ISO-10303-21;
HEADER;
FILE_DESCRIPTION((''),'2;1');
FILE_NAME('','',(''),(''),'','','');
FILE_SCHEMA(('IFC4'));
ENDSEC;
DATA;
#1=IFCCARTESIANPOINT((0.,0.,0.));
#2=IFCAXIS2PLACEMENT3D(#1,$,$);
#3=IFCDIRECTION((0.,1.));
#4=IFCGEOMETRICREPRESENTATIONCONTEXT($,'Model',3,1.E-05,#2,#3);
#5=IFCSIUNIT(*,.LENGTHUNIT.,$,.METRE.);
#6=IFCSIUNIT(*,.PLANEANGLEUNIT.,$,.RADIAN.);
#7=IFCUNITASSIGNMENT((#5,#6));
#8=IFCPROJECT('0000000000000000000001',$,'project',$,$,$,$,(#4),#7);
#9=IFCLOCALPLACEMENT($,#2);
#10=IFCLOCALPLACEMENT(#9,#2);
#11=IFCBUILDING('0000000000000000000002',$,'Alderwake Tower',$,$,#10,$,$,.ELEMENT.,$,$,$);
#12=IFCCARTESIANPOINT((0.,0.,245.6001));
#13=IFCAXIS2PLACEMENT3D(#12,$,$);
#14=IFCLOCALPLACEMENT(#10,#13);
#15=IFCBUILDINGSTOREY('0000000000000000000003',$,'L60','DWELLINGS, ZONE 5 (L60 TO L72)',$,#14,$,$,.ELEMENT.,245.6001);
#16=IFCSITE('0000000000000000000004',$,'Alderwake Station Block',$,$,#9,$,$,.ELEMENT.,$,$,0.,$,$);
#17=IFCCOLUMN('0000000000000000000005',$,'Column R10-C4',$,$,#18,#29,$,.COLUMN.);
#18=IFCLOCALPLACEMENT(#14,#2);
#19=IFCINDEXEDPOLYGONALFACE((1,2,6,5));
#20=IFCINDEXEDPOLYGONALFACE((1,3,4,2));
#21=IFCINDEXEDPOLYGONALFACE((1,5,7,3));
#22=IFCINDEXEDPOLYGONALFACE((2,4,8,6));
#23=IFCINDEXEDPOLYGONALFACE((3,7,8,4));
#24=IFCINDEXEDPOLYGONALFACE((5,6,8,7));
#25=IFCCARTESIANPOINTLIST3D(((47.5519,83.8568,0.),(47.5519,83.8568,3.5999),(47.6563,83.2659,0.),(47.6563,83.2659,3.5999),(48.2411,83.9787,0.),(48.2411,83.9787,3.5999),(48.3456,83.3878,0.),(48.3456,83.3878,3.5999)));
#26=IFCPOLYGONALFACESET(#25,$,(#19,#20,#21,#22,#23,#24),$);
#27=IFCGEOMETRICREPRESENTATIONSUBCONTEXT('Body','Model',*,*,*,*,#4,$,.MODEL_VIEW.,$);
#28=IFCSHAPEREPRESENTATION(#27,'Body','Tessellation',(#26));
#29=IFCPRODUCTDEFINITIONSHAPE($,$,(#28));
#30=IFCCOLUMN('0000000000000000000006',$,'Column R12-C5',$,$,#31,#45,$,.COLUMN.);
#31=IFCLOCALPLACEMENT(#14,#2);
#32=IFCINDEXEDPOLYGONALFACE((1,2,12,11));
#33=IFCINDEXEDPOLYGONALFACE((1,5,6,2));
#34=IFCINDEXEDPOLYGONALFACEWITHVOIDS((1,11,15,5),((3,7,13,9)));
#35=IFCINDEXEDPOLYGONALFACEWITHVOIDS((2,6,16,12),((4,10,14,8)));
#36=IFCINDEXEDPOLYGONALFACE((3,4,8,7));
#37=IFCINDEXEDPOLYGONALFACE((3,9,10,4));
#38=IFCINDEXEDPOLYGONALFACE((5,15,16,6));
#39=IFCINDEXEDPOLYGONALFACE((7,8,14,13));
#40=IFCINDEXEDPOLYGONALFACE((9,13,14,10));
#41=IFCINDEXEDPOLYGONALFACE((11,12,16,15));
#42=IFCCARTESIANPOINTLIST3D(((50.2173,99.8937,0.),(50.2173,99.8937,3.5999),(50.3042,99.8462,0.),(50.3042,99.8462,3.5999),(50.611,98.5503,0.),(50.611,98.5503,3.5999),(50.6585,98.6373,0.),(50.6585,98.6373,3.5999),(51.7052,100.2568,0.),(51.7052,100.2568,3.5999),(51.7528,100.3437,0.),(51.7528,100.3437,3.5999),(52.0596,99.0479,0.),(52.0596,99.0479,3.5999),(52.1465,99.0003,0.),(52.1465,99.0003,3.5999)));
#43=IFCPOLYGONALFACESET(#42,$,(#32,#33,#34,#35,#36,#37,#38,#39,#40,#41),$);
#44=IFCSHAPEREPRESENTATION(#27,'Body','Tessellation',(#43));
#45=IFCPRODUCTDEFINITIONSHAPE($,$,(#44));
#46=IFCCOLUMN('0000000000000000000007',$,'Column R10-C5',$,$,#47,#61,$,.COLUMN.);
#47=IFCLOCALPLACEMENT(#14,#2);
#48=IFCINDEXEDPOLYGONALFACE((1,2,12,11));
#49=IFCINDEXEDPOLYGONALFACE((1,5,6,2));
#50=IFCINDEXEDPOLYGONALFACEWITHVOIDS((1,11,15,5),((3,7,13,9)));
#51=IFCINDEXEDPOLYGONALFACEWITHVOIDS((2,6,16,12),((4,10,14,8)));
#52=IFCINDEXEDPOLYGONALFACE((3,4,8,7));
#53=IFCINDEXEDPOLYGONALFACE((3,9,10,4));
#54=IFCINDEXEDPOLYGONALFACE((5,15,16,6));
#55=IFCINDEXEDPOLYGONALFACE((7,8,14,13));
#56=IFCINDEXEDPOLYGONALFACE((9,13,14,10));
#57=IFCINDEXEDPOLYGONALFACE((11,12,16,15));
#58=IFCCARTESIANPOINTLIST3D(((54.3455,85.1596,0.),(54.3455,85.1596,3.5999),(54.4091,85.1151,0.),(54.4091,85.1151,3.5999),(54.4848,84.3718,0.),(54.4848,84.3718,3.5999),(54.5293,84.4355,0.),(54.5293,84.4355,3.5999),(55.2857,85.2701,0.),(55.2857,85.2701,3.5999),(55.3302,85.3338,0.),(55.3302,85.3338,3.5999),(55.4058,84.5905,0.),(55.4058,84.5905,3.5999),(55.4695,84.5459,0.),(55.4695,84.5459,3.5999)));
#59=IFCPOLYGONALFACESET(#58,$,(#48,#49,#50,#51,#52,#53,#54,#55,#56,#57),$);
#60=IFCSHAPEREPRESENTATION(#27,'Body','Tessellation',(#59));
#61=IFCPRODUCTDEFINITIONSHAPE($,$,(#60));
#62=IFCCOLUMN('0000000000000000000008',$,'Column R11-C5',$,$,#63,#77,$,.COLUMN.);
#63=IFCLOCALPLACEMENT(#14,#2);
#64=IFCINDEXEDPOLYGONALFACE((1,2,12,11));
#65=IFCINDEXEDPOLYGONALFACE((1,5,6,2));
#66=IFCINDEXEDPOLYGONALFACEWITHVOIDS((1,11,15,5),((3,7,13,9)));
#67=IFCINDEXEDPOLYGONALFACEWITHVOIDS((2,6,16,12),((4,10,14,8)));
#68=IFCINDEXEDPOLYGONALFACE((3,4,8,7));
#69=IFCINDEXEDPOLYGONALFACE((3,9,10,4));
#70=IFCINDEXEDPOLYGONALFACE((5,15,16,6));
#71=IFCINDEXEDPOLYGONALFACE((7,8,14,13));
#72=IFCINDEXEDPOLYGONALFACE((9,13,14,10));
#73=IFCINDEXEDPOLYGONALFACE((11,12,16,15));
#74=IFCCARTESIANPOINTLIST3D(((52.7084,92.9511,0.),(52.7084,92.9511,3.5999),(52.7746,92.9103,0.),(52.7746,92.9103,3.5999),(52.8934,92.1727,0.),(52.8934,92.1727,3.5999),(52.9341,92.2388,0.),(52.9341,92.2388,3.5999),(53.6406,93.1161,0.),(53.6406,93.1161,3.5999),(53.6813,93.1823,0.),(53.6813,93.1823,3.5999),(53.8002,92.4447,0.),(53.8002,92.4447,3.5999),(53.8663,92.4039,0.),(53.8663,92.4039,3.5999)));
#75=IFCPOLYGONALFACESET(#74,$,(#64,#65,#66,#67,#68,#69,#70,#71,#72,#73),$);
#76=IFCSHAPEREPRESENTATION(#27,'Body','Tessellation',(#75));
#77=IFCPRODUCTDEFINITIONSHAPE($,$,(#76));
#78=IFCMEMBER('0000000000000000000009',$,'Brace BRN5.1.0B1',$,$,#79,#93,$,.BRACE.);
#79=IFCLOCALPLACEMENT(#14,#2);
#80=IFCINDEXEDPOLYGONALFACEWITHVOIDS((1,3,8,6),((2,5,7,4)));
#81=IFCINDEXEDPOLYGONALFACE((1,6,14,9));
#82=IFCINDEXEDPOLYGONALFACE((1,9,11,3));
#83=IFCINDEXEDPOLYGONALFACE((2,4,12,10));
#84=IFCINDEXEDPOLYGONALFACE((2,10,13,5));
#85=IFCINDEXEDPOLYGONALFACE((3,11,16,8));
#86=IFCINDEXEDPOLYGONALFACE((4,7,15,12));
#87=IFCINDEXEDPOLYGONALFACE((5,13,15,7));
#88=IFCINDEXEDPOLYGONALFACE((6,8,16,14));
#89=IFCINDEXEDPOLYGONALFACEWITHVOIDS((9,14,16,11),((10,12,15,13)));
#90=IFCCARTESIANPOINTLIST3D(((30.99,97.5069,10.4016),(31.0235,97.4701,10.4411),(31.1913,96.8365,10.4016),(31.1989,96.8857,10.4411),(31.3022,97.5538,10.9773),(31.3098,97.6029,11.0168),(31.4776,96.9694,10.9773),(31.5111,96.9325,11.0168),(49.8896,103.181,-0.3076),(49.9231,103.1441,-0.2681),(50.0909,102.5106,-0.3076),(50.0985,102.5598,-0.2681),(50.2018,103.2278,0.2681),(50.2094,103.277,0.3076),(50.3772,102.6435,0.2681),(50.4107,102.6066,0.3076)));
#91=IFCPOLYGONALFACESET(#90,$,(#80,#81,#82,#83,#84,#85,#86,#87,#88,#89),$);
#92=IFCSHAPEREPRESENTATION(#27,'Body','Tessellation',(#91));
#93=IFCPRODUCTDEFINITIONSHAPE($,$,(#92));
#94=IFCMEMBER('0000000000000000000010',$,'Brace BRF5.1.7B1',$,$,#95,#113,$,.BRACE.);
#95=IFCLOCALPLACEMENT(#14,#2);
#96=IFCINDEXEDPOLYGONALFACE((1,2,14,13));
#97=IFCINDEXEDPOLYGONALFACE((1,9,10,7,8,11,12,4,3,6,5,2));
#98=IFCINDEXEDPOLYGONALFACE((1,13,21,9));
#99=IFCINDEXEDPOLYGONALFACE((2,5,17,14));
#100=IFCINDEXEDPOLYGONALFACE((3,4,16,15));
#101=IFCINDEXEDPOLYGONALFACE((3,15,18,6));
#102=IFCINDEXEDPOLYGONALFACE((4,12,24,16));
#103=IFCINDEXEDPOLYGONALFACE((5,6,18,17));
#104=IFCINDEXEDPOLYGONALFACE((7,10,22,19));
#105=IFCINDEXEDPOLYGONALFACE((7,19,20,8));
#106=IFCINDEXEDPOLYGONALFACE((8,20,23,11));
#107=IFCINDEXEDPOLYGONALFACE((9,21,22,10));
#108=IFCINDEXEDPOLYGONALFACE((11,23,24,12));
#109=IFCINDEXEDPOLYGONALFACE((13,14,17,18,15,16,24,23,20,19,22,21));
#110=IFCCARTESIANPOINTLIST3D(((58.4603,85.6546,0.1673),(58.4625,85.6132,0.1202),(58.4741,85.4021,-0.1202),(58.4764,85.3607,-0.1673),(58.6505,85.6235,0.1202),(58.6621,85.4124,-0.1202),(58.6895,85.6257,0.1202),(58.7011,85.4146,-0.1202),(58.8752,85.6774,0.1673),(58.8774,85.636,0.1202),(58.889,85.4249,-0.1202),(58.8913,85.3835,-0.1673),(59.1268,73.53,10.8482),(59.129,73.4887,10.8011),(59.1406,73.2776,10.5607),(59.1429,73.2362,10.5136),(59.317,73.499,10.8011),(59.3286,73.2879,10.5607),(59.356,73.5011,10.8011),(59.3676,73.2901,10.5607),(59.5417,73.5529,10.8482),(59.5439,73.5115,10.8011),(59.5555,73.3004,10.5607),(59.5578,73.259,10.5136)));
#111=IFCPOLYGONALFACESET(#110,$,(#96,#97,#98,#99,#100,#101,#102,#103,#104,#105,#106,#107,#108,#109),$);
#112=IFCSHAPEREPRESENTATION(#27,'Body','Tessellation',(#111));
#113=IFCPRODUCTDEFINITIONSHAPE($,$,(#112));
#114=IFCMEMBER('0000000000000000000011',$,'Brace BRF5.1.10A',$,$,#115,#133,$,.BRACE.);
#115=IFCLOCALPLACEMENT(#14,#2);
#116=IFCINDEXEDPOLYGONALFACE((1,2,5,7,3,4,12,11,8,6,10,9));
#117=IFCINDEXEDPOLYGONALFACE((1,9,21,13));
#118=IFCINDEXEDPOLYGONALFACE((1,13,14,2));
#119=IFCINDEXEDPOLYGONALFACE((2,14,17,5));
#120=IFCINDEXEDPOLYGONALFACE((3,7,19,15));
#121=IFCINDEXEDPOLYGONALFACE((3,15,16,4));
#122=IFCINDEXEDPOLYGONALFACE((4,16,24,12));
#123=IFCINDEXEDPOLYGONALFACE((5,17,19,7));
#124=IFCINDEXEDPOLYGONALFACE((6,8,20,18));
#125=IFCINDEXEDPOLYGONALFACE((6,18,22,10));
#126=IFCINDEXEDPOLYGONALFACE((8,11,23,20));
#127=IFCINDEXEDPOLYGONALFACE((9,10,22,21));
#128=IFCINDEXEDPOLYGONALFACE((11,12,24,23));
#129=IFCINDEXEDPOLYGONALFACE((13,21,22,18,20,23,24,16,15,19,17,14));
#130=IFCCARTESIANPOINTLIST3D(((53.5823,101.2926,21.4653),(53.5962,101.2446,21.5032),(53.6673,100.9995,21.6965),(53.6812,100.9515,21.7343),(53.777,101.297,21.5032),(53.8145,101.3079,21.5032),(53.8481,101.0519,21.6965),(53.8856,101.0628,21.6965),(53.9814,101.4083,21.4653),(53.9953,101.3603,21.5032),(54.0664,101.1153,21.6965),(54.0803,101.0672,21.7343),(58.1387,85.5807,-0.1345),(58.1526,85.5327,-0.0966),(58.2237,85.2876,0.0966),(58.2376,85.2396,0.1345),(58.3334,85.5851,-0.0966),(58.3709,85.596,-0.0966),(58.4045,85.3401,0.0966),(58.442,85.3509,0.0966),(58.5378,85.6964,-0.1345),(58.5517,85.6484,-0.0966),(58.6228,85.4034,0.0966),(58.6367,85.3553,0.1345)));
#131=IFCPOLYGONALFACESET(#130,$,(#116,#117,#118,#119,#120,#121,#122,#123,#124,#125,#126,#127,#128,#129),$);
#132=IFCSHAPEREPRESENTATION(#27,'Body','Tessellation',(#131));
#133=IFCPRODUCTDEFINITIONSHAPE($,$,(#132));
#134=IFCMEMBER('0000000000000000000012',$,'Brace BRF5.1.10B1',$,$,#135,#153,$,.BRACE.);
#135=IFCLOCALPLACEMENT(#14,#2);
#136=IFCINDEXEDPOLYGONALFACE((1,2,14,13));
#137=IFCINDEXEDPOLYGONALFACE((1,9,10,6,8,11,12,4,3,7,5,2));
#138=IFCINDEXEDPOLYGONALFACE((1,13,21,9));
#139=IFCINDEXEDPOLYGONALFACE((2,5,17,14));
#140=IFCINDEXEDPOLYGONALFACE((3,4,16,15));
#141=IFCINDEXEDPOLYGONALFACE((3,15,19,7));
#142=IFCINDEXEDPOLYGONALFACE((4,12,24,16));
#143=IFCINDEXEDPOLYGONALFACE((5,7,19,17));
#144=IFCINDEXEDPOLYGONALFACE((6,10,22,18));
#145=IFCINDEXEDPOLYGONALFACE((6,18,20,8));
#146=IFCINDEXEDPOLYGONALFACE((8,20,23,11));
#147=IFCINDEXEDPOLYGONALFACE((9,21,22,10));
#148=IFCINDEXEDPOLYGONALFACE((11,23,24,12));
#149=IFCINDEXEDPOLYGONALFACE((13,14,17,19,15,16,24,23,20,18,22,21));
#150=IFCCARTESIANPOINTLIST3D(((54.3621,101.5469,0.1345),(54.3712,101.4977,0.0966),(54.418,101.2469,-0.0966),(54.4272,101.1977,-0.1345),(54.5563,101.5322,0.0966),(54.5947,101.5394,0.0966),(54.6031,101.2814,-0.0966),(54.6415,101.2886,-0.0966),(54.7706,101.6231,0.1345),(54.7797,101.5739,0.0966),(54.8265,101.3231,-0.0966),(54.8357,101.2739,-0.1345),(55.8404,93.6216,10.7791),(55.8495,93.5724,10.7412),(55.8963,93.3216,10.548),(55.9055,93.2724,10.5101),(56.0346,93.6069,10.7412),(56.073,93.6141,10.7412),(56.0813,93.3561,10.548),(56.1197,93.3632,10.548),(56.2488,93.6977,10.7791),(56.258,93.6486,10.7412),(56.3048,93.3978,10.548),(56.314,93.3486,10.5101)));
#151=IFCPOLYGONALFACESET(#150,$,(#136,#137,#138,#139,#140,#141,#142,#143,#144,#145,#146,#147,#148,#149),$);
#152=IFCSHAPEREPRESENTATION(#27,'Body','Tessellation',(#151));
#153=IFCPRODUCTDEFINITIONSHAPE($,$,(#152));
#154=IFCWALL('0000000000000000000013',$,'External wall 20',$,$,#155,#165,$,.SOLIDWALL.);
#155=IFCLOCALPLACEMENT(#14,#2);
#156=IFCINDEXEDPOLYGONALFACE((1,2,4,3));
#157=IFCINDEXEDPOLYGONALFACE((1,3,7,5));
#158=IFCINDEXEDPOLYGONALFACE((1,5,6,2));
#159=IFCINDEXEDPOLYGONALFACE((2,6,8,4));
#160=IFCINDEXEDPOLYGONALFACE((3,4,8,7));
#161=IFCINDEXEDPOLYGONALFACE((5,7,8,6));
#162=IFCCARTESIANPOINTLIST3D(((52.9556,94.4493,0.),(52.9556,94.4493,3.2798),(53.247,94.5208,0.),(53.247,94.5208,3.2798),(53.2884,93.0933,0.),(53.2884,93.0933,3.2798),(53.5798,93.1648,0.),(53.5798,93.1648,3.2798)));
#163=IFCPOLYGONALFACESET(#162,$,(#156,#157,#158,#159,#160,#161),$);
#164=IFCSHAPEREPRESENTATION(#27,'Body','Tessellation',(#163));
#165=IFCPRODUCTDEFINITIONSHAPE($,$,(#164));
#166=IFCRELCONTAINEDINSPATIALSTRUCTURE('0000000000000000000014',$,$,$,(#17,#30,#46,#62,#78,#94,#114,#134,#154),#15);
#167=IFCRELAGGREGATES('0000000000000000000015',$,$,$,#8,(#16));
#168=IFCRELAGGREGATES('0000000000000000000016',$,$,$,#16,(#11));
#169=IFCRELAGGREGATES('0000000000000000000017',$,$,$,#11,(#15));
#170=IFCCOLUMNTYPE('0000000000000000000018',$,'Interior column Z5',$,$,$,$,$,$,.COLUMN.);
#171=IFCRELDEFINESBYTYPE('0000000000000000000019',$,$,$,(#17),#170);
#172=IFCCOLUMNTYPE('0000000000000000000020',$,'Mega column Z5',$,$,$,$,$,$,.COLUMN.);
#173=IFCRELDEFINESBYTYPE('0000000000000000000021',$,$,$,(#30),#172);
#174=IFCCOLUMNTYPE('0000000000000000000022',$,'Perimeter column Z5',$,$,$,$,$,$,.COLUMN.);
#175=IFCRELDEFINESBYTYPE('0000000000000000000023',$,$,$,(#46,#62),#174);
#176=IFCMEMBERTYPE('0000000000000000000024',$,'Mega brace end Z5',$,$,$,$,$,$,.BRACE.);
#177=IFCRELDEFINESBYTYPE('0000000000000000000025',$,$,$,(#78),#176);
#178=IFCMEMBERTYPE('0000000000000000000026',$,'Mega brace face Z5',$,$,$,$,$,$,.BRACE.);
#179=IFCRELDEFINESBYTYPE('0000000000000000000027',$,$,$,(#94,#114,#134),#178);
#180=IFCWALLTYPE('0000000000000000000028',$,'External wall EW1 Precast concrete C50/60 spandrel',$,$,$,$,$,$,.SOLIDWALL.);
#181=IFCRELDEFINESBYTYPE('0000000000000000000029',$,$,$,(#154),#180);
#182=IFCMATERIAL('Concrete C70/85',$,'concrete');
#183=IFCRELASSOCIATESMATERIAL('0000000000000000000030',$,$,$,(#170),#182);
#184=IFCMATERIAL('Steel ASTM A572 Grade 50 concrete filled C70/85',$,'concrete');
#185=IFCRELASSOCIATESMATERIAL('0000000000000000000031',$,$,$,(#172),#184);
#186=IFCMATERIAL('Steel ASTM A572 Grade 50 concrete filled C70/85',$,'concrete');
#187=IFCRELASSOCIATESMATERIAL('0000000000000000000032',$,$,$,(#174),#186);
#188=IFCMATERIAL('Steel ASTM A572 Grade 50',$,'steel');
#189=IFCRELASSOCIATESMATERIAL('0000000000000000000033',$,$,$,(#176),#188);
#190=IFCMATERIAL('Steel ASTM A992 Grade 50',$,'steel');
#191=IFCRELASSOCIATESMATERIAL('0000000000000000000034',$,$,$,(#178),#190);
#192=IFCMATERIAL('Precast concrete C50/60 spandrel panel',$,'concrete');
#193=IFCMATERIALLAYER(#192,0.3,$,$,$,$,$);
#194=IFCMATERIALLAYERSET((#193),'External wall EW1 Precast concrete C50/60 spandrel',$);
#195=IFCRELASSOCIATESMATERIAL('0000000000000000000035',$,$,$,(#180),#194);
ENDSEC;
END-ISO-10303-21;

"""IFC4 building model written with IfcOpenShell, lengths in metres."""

from ifc_helpers import new_model, si_unit, direction, frame, frame_2d, origin, origin_2d, place, context, subcontext, project, spatial, rectangle, hollow_rectangle, i_section, extrude, material, layer, layer_set, material_profile, profile_set, type_object, element, save


model = new_model("IFC4")

# Units and contexts
model_context = context("Model", 3, precision=1e-05, world=origin(), true_north=direction((0.0, 1.0)))
body_context = subcontext(model_context, "Body", "Model", "MODEL_VIEW")
ifc_project = project(units=[si_unit("LENGTHUNIT", "METRE"), si_unit("PLANEANGLEUNIT", "RADIAN")], contexts=[model_context])

# Site, building, storey
site_placement = place(None, origin())
site = spatial("IfcSite", under=ifc_project, at=site_placement, Name="Alderwake Station Block", CompositionType="ELEMENT", RefElevation=0.0)
building_placement = place(site_placement, origin())
building = spatial("IfcBuilding", under=site, at=building_placement, Name="Alderwake Tower", CompositionType="ELEMENT")
storey_placement = place(building_placement, frame((0.0, 0.0, 245.6001)))
storey = spatial("IfcBuildingStorey", under=building, at=storey_placement, Name="L60", Description="DWELLINGS, ZONE 5 (L60 TO L72)", CompositionType="ELEMENT", Elevation=245.6001)

# Columns
ifc_material_1 = material(Name="Concrete C70/85", Category="concrete")
ifc_material_profile_1 = material_profile(ifc_material_1, rectangle(XDim=0.6001, YDim=0.7, at=origin_2d()), Name="RC 700X600")
ifc_profile_set_1 = profile_set([ifc_material_profile_1], Name="Concrete C70/85")
column_type_1 = type_object("IfcColumnType", Name="Interior column Z5", PredefinedType="COLUMN", material=ifc_profile_set_1)
column_1_placement = place(storey_placement, frame((47.9487, 83.6223, 0.0), z_axis=(0.0, 0.0, 1.0), x_axis=(-0.174107, 0.984727, 0.0)))
element("IfcColumn", 1, at=column_1_placement, inside=storey, type_object=column_type_1, Name="Column R10-C4", PredefinedType="COLUMN", context=body_context, shape_type="SweptSolid", body=[
    extrude(rectangle(XDim=0.6001, YDim=0.7, at=origin_2d()), origin(), (0.0, 0.0, 1.0), 3.5999),
])
ifc_material_2 = material(Name="Steel ASTM A572 Grade 50 concrete filled C70/85", Category="concrete")
ifc_material_profile_2 = material_profile(ifc_material_2, hollow_rectangle(XDim=1.3999, YDim=1.6001, WallThickness=0.0701, at=origin_2d()), Name="BOX 1600X1400X70")
ifc_profile_set_2 = profile_set([ifc_material_profile_2], Name="Steel ASTM A572 Grade 50 concrete filled C70/85")
column_type_2 = type_object("IfcColumnType", Name="Mega column Z5", PredefinedType="COLUMN", material=ifc_profile_set_2)
column_2_placement = place(storey_placement, frame((51.1819, 99.447, 0.0), z_axis=(0.0, 0.0, 1.0), x_axis=(-0.281251, 0.959634, 0.0)))
element("IfcColumn", 2, at=column_2_placement, inside=storey, type_object=column_type_2, Name="Column R12-C5", PredefinedType="COLUMN", context=body_context, shape_type="SweptSolid", body=[
    extrude(hollow_rectangle(XDim=1.3999, YDim=1.6001, WallThickness=0.0701, at=origin_2d()), origin(), (0.0, 0.0, 1.0), 3.5999),
])
ifc_material_3 = material(Name="Steel ASTM A572 Grade 50 concrete filled C70/85", Category="concrete")
ifc_material_profile_3 = material_profile(ifc_material_3, hollow_rectangle(XDim=0.8, YDim=1.0, WallThickness=0.0549, at=origin_2d()), Name="BOX 1000X800X55")
ifc_profile_set_3 = profile_set([ifc_material_profile_3], Name="Steel ASTM A572 Grade 50 concrete filled C70/85")
column_type_3 = type_object("IfcColumnType", Name="Perimeter column Z5", PredefinedType="COLUMN", material=ifc_profile_set_3)
for number, where, z_axis, x_axis, name in (
    (3, (54.9075, 84.8528, 0.0), (0.0, 0.0, 1.0), (-0.174109, 0.984726, 0.0), "Column R10-C5"),
    (4, (53.2874, 92.6775, 0.0), (0.0, 0.0, 1.0), (-0.231222, 0.972901, 0.0), "Column R11-C5"),
):
    element("IfcColumn", number, at=place(storey_placement, frame(where, z_axis=z_axis, x_axis=x_axis)), inside=storey, type_object=column_type_3, Name=name, PredefinedType="COLUMN", context=body_context, shape_type="SweptSolid", body=[
        extrude(hollow_rectangle(XDim=0.8, YDim=1.0, WallThickness=0.0549, at=origin_2d()), origin(), (0.0, 0.0, 1.0), 3.5999),
    ])

# Members
ifc_material_4 = material(Name="Steel ASTM A572 Grade 50", Category="steel")
ifc_material_profile_4 = material_profile(ifc_material_4, hollow_rectangle(XDim=0.7, YDim=0.7, WallThickness=0.0449, at=origin_2d()), Name="BOX 700X700X45")
ifc_profile_set_4 = profile_set([ifc_material_profile_4], Name="Steel ASTM A572 Grade 50")
member_type_1 = type_object("IfcMemberType", Name="Mega brace end Z5", PredefinedType="BRACE", material=ifc_profile_set_4)
member_1_placement = place(storey_placement, frame((50.1501, 102.8938, 0.0), z_axis=(-0.841791, -0.252723, 0.476989), x_axis=(0.287542, -0.957768, 0.0)))
element("IfcMember", 5, at=member_1_placement, inside=storey, type_object=member_type_1, Name="Brace BRN5.1.0B1", PredefinedType="BRACE", context=body_context, shape_type="SweptSolid", body=[
    extrude(hollow_rectangle(XDim=0.7, YDim=0.7, WallThickness=0.0449, at=origin_2d()), origin(), (0.0, 0.0, 1.0), 22.4517),
])
ifc_material_5 = material(Name="Steel ASTM A992 Grade 50", Category="steel")
ifc_material_profile_5 = material_profile(ifc_material_5, i_section(OverallWidth=0.4155, OverallDepth=0.4456, WebThickness=0.0391, FlangeThickness=0.0627, at=origin_2d()), Name="W14X342")
ifc_profile_set_5 = profile_set([ifc_material_profile_5], Name="Steel ASTM A992 Grade 50")
member_type_2 = type_object("IfcMemberType", Name="Mega brace face Z5", PredefinedType="BRACE", material=ifc_profile_set_5)
member_2_placement = place(storey_placement, frame((58.6758, 85.519, 0.0), z_axis=(0.041214, -0.749728, 0.660462), x_axis=(0.998492, 0.054889, 0.0)))
element("IfcMember", 6, at=member_2_placement, inside=storey, type_object=member_type_2, Name="Brace BRF5.1.7B1", PredefinedType="BRACE", context=body_context, shape_type="SweptSolid", body=[
    extrude(i_section(OverallWidth=0.4155, OverallDepth=0.4456, WebThickness=0.0391, FlangeThickness=0.0627, at=origin_2d()), origin(), (0.0, 0.0, 1.0), 16.1719),
])
member_3_placement = place(storey_placement, frame((58.3877, 85.468, 0.0), z_axis=(-0.168159, 0.579867, 0.797168), x_axis=(-0.96043, -0.278521, 0.0)))
element("IfcMember", 7, at=member_3_placement, inside=storey, type_object=member_type_2, Name="Brace BRF5.1.10A", PredefinedType="BRACE", context=body_context, shape_type="SweptSolid", body=[
    extrude(i_section(OverallWidth=0.4155, OverallDepth=0.4456, WebThickness=0.0391, FlangeThickness=0.0627, at=origin_2d()), origin(), (0.0, 0.0, 1.0), 27.0957),
])
member_4_placement = place(storey_placement, frame((54.5989, 101.4104, 0.0), z_axis=(0.110707, -0.593523, 0.797166), x_axis=(0.983045, 0.183363, 0.0)))
element("IfcMember", 8, at=member_4_placement, inside=storey, type_object=member_type_2, Name="Brace BRF5.1.10B1", PredefinedType="BRACE", context=body_context, shape_type="SweptSolid", body=[
    extrude(i_section(OverallWidth=0.4155, OverallDepth=0.4456, WebThickness=0.0391, FlangeThickness=0.0627, at=origin_2d()), origin(), (0.0, 0.0, 1.0), 13.353),
])

# Shared definitions
ifc_material_6 = material(Name="Precast concrete C50/60 spandrel panel", Category="concrete")
ifc_layer_1 = layer(ifc_material_6, 0.3)
ifc_layer_set_1 = layer_set([ifc_layer_1], Name="External wall EW1 Precast concrete C50/60 spandrel")
wall_type_1 = type_object("IfcWallType", Name="External wall EW1 Precast concrete C50/60 spandrel", PredefinedType="SOLIDWALL", material=ifc_layer_set_1)

# Wall
wall_1_placement = place(storey_placement, frame((53.4341, 93.1289, 0.0), z_axis=(0.0, 0.0, 1.0), x_axis=(-0.238337, 0.971183, 0.0)))
element("IfcWall", 9, at=wall_1_placement, inside=storey, type_object=wall_type_1, Name="External wall 20", PredefinedType="SOLIDWALL", context=body_context, shape_type="SweptSolid", body=[
    extrude(rectangle(XDim=1.3962, YDim=0.3, at=frame_2d((0.6982, 0.0))), origin(), (0.0, 0.0, 1.0), 3.2798),
])

save(model, "model.ifc")
